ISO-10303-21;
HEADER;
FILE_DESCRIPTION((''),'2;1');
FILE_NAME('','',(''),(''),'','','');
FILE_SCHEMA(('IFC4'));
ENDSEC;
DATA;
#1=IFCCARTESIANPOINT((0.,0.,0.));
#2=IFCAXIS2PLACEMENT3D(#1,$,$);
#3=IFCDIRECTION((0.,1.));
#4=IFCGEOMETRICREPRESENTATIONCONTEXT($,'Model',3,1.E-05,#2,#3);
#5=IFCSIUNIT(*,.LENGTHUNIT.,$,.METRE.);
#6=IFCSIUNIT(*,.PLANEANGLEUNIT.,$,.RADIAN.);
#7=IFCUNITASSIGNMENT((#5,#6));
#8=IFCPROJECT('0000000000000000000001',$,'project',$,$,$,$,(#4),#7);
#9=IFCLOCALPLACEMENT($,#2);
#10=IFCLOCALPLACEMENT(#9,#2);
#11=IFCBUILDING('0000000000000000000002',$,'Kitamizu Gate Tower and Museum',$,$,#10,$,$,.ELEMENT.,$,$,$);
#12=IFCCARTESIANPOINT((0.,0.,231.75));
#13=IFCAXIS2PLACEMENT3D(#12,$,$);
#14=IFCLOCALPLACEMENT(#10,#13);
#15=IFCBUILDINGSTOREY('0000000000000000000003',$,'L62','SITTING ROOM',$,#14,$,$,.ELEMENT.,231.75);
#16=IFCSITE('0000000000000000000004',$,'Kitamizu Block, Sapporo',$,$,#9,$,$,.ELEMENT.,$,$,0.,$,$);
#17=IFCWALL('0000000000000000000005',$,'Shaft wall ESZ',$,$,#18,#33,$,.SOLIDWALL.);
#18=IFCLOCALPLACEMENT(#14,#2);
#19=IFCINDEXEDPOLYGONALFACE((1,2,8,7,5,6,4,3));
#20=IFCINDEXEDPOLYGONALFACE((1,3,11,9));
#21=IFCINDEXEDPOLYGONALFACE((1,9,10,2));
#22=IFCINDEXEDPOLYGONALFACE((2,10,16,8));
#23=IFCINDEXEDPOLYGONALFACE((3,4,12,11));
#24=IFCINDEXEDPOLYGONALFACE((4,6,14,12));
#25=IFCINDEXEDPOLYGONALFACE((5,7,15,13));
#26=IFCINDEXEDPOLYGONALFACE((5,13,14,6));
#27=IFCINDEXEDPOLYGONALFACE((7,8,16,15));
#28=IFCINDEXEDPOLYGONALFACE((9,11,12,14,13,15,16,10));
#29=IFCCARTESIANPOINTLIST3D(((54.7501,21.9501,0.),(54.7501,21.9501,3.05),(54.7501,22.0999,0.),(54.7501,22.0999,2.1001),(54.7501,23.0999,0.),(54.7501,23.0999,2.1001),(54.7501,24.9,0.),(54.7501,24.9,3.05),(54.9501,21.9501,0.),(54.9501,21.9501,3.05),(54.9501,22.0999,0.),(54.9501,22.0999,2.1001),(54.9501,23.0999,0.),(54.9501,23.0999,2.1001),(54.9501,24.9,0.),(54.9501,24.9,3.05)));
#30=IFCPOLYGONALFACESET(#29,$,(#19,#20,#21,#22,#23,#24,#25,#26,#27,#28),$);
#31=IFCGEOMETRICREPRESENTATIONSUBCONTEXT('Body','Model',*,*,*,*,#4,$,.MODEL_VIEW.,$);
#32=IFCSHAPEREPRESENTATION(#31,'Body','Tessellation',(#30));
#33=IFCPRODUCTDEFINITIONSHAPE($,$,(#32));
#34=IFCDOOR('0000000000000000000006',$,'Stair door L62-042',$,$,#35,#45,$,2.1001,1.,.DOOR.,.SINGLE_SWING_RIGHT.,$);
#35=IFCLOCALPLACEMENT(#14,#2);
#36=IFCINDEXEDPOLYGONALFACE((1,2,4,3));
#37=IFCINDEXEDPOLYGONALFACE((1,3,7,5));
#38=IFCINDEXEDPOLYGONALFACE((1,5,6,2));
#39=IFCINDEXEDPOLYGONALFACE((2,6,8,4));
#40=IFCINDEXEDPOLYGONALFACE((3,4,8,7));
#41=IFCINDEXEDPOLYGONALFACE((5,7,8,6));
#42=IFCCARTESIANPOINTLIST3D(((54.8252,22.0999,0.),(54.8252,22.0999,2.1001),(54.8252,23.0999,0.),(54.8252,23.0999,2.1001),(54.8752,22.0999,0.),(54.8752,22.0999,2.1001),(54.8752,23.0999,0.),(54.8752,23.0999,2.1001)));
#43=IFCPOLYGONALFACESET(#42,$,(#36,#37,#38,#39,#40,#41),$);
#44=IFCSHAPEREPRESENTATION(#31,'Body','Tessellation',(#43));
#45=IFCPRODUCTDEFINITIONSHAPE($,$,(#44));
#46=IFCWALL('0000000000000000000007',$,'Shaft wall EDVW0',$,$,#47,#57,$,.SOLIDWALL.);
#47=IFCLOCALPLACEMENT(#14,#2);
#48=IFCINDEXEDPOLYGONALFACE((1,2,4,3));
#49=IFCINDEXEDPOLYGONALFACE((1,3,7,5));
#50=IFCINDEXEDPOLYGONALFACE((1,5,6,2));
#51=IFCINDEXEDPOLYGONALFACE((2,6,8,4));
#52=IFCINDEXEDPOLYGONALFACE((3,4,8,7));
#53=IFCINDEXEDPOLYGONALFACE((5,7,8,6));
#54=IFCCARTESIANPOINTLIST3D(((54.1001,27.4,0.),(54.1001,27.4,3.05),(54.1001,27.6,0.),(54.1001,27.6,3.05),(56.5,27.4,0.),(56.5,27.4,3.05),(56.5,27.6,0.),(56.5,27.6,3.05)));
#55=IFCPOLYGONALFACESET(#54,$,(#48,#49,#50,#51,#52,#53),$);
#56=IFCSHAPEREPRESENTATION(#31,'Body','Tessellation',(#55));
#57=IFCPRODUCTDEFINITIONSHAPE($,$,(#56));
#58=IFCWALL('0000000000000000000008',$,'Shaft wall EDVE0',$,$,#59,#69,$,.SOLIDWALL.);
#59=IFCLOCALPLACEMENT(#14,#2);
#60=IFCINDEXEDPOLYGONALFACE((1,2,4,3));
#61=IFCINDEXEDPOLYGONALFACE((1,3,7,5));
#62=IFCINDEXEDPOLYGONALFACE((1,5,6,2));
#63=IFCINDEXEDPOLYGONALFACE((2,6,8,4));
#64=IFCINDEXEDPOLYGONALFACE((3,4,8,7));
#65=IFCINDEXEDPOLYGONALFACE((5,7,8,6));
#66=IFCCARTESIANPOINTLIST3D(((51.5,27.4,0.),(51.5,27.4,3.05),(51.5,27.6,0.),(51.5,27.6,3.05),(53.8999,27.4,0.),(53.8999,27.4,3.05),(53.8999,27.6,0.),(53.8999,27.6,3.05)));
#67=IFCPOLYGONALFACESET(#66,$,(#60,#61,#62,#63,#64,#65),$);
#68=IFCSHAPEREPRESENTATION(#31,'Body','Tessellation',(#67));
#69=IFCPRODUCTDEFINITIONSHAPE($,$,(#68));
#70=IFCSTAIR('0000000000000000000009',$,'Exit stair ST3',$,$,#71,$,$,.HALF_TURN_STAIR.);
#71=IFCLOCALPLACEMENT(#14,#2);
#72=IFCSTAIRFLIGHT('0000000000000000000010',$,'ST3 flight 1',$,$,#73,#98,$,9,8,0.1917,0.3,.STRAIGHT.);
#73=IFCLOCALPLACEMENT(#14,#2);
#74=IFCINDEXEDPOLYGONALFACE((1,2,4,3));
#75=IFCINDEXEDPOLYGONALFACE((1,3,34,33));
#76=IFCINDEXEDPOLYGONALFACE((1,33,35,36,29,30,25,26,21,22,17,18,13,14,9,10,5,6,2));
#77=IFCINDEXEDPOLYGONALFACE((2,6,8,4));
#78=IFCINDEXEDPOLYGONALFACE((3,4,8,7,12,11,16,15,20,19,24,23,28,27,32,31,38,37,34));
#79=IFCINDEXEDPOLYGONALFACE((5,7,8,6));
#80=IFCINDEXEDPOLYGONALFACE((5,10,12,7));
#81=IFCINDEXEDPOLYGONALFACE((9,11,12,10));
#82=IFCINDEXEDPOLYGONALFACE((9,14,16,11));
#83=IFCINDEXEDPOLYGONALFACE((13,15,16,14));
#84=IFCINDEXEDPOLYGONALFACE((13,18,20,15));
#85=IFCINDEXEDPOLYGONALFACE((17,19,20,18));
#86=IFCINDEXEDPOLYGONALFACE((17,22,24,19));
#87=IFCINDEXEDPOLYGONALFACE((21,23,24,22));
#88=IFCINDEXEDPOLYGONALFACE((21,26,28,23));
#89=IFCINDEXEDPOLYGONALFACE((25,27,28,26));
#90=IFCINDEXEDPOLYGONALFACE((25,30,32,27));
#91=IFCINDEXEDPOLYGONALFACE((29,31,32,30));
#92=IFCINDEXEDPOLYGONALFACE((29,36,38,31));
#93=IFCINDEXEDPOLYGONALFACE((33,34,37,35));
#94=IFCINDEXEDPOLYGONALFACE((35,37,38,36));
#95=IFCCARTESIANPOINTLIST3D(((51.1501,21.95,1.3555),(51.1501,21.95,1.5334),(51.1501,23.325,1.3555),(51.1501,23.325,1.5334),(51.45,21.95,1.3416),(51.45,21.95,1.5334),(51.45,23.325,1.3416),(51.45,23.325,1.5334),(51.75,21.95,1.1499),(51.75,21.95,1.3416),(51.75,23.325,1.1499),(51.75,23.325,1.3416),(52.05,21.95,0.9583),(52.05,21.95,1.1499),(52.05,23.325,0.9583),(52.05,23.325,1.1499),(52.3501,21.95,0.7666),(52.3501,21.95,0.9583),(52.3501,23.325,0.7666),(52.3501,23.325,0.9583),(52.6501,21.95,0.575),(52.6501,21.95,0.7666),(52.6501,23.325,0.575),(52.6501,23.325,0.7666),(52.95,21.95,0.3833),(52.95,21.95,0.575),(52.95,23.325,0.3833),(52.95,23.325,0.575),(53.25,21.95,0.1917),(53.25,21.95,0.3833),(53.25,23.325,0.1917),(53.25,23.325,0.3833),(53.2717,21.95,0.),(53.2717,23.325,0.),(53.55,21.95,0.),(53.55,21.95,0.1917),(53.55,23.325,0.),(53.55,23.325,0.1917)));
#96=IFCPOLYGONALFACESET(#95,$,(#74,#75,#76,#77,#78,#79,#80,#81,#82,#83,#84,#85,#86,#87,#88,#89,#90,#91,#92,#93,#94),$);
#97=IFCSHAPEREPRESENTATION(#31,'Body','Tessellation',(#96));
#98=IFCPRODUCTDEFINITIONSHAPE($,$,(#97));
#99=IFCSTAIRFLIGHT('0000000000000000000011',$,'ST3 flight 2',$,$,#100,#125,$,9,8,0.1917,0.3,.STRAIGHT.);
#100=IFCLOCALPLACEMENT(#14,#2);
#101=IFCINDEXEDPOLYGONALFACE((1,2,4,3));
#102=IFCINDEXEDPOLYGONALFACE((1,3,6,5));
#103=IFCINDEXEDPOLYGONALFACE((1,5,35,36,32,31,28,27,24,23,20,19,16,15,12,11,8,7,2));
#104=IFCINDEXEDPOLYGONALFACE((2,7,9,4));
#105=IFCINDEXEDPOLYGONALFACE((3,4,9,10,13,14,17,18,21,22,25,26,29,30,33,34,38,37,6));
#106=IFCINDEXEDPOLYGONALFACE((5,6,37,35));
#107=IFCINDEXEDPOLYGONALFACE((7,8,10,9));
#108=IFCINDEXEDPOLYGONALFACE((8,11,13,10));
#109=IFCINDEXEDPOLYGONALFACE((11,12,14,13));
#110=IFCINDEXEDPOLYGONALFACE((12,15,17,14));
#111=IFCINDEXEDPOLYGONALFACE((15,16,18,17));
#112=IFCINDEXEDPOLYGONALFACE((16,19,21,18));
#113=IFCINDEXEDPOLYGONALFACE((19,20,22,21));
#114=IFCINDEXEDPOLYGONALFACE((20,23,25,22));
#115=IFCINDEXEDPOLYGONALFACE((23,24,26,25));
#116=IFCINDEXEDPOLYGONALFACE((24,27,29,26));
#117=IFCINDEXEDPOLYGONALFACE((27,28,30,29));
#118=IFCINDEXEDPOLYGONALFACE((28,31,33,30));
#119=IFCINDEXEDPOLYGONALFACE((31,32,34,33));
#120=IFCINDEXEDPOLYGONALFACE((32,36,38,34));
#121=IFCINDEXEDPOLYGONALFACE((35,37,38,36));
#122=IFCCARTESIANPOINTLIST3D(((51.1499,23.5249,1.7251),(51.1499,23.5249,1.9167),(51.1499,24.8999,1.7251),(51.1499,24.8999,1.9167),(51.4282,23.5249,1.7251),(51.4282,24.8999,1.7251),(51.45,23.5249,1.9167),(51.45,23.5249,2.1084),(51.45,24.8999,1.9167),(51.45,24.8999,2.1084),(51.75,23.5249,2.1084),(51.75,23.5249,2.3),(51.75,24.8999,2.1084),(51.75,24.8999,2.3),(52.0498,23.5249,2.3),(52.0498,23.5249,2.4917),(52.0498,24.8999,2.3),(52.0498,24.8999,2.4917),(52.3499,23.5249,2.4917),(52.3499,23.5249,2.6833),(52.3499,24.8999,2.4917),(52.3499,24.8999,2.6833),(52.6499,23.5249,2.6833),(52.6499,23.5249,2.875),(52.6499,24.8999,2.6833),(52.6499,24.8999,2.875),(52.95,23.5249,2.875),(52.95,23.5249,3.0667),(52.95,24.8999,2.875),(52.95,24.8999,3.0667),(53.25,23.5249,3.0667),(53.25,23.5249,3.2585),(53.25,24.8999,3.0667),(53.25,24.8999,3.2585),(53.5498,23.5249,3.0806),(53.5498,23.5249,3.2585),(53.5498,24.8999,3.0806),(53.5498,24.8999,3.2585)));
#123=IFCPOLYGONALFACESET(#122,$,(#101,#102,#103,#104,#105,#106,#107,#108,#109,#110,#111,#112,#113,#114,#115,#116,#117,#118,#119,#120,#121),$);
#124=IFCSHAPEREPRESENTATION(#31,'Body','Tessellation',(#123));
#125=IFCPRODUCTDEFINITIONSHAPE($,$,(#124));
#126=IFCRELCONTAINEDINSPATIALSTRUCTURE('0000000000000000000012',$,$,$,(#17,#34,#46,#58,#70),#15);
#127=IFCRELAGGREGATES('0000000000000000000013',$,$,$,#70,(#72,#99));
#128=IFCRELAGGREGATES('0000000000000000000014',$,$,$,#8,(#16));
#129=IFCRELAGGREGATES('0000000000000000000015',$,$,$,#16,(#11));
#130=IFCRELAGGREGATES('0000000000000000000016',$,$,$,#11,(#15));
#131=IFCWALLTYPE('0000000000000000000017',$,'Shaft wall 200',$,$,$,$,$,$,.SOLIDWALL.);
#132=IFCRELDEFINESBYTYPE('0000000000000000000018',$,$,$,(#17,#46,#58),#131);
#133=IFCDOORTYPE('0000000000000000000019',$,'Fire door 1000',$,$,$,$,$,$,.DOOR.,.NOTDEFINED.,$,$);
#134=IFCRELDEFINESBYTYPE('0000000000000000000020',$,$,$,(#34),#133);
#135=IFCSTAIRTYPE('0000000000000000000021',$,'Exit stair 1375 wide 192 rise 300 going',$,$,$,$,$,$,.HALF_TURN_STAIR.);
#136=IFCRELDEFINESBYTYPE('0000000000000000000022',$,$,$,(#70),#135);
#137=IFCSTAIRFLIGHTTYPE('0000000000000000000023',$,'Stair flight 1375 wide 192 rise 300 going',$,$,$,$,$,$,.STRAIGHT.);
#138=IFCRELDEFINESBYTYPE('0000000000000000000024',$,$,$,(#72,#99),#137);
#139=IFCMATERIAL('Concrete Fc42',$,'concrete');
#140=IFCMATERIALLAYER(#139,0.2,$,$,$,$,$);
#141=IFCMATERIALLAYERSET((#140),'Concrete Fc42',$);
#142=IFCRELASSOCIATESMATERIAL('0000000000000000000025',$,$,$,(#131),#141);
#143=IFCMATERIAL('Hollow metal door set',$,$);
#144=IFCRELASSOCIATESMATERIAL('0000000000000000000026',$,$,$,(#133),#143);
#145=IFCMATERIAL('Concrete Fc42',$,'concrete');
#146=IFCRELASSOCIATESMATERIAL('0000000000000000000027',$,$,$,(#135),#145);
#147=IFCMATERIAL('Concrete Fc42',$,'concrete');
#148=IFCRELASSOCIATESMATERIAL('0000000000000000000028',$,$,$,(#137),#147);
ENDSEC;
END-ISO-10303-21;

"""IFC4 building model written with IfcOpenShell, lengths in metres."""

from ifc_helpers import new_model, si_unit, direction, frame, frame_2d, origin, place, context, subcontext, project, spatial, polyline, rectangle, outline, extrude, material, layer, layer_set, type_object, element, fill, aggregate, save


model = new_model("IFC4")

# Units and contexts
model_context = context("Model", 3, precision=1e-05, world=origin(), true_north=direction((0.0, 1.0)))
body_context = subcontext(model_context, "Body", "Model", "MODEL_VIEW")
ifc_project = project(units=[si_unit("LENGTHUNIT", "METRE"), si_unit("PLANEANGLEUNIT", "RADIAN")], contexts=[model_context])

# Site, building, storey
site_placement = place(None, origin())
site = spatial("IfcSite", under=ifc_project, at=site_placement, Name="Kitamizu Block, Sapporo", CompositionType="ELEMENT", RefElevation=0.0)
building_placement = place(site_placement, origin())
building = spatial("IfcBuilding", under=site, at=building_placement, Name="Kitamizu Gate Tower and Museum", CompositionType="ELEMENT")
storey_placement = place(building_placement, frame((0.0, 0.0, 231.75)))
storey = spatial("IfcBuildingStorey", under=building, at=storey_placement, Name="L62", Description="SITTING ROOM", CompositionType="ELEMENT", Elevation=231.75)

# Shared definitions
ifc_material_1 = material(Name="Concrete Fc42", Category="concrete")
ifc_layer_1 = layer(ifc_material_1, 0.2)
ifc_layer_set_1 = layer_set([ifc_layer_1], Name="Concrete Fc42")
wall_type_1 = type_object("IfcWallType", Name="Shaft wall 200", PredefinedType="SOLIDWALL", material=ifc_layer_set_1)
ifc_material_2 = material(Name="Hollow metal door set")
door_type_1 = type_object("IfcDoorType", Name="Fire door 1000", OperationType="NOTDEFINED", PredefinedType="DOOR", material=ifc_material_2)

# Wall, opening, door
wall_1_placement = place(storey_placement, frame((54.8501, 21.95, 0.0), z_axis=(0.0, 0.0, 1.0), x_axis=(0.0, 1.0, 0.0)))
wall_1 = element("IfcWall", 1, at=wall_1_placement, inside=storey, type_object=wall_type_1, Name="Shaft wall ESZ", PredefinedType="SOLIDWALL", context=body_context, shape_type="SweptSolid", body=[
    extrude(rectangle(XDim=2.95, YDim=0.2, at=frame_2d((1.4751, 0.0))), origin(), (0.0, 0.0, 1.0), 3.05),
])
opening_1_placement = place(wall_1_placement, frame((0.1499, 0.0, 0.0)))
opening_1 = element("IfcOpeningElement", 2, at=opening_1_placement, cuts=wall_1, PredefinedType="OPENING", context=body_context, shape_type="SweptSolid", body=[
    extrude(rectangle(XDim=1.0, YDim=2.1001, at=frame_2d((0.5, 1.05))), frame((0.0, 0.1099, 0.0), z_axis=(0.0, -1.0, 0.0), x_axis=(1.0, 0.0, 0.0)), (0.0, 0.0, 1.0), 0.22),
])
door_1_placement = place(opening_1_placement, origin())
door_1 = element("IfcDoor", 3, at=door_1_placement, inside=storey, type_object=door_type_1, Name="Stair door L62-042", OperationType="SINGLE_SWING_RIGHT", OverallHeight=2.1001, OverallWidth=1.0, PredefinedType="DOOR", context=body_context, shape_type="SweptSolid", body=[
    extrude(rectangle(XDim=1.0, YDim=2.1001, at=frame_2d((0.5, 1.05))), frame((0.0, 0.0249, 0.0), z_axis=(0.0, -1.0, 0.0), x_axis=(1.0, 0.0, 0.0)), (0.0, 0.0, 1.0), 0.05),
])
fill(opening_1, door_1)

# Walls
for number, where, z_axis, x_axis, name in (
    (4, (56.5, 27.5, 0.0), (0.0, 0.0, 1.0), (-1.0, 0.0, 0.0), "Shaft wall EDVW0"),
    (5, (53.8999, 27.5, 0.0), (0.0, 0.0, 1.0), (-1.0, 0.0, 0.0), "Shaft wall EDVE0"),
):
    element("IfcWall", number, at=place(storey_placement, frame(where, z_axis=z_axis, x_axis=x_axis)), inside=storey, type_object=wall_type_1, Name=name, PredefinedType="SOLIDWALL", context=body_context, shape_type="SweptSolid", body=[
        extrude(rectangle(XDim=2.3999, YDim=0.2, at=frame_2d((1.2, 0.0))), origin(), (0.0, 0.0, 1.0), 3.05),
    ])

# Stair, stair flights
ifc_material_3 = material(Name="Concrete Fc42", Category="concrete")
stair_type = type_object("IfcStairType", Name="Exit stair 1375 wide 192 rise 300 going", PredefinedType="HALF_TURN_STAIR", material=ifc_material_3)
stair_placement = place(storey_placement, origin())
stair = element("IfcStair", 6, at=stair_placement, inside=storey, type_object=stair_type, Name="Exit stair ST3", PredefinedType="HALF_TURN_STAIR")
ifc_material_4 = material(Name="Concrete Fc42", Category="concrete")
stair_flight_type = type_object("IfcStairFlightType", Name="Stair flight 1375 wide 192 rise 300 going", PredefinedType="STRAIGHT", material=ifc_material_4)
stair_flight_1_placement = place(storey_placement, frame((53.55, 22.6375, 0.0), z_axis=(0.0, 0.0, 1.0), x_axis=(-1.0, 0.0, 0.0)))
stair_flight_1 = element("IfcStairFlight", 7, at=stair_flight_1_placement, type_object=stair_flight_type, Name="ST3 flight 1", NumberOfRisers=9, NumberOfTreads=8, PredefinedType="STRAIGHT", RiserHeight=0.1917, TreadLength=0.3, context=body_context, shape_type="SweptSolid", body=[
    extrude(outline(polyline([(0.0, 0.0), (0.0, 0.1917), (0.3, 0.1917), (0.3, 0.3833), (0.6001, 0.3833), (0.6001, 0.575), (0.8999, 0.575), (0.8999, 0.7666), (1.2, 0.7666), (1.2, 0.9583), (1.5, 0.9583), (1.5, 1.1499), (1.8, 1.1499), (1.8, 1.3416), (2.1001, 1.3416), (2.1001, 1.5334), (2.3999, 1.5334), (2.3999, 1.7251), (2.3999, 1.3555), (0.2783, 0.0), (0.0, 0.0)])), frame((0.0, 0.6875, 0.0), z_axis=(0.0, -1.0, 0.0), x_axis=(1.0, 0.0, 0.0)), (0.0, 0.0, 1.0), 1.375),
])
stair_flight_2_placement = place(storey_placement, frame((51.1499, 24.2124, 1.7251), z_axis=(0.0, 0.0, 1.0), x_axis=(1.0, 0.0, 0.0)))
stair_flight_2 = element("IfcStairFlight", 8, at=stair_flight_2_placement, type_object=stair_flight_type, Name="ST3 flight 2", NumberOfRisers=9, NumberOfTreads=8, PredefinedType="STRAIGHT", RiserHeight=0.1917, TreadLength=0.3, context=body_context, shape_type="SweptSolid", body=[
    extrude(outline(polyline([(0.0, 0.0), (0.0, 0.1917), (0.3, 0.1917), (0.3, 0.3833), (0.6001, 0.3833), (0.6001, 0.575), (0.8999, 0.575), (0.8999, 0.7666), (1.2, 0.7666), (1.2, 0.9583), (1.5, 0.9583), (1.5, 1.1499), (1.8, 1.1499), (1.8, 1.3416), (2.1001, 1.3416), (2.1001, 1.5334), (2.3999, 1.5334), (2.3999, 1.7251), (2.3999, 1.3555), (0.2783, 0.0), (0.0, 0.0)])), frame((0.0, 0.6875, 0.0), z_axis=(0.0, -1.0, 0.0), x_axis=(1.0, 0.0, 0.0)), (0.0, 0.0, 1.0), 1.375),
])
aggregate(stair, [stair_flight_1, stair_flight_2])

save(model, "model.ifc")
